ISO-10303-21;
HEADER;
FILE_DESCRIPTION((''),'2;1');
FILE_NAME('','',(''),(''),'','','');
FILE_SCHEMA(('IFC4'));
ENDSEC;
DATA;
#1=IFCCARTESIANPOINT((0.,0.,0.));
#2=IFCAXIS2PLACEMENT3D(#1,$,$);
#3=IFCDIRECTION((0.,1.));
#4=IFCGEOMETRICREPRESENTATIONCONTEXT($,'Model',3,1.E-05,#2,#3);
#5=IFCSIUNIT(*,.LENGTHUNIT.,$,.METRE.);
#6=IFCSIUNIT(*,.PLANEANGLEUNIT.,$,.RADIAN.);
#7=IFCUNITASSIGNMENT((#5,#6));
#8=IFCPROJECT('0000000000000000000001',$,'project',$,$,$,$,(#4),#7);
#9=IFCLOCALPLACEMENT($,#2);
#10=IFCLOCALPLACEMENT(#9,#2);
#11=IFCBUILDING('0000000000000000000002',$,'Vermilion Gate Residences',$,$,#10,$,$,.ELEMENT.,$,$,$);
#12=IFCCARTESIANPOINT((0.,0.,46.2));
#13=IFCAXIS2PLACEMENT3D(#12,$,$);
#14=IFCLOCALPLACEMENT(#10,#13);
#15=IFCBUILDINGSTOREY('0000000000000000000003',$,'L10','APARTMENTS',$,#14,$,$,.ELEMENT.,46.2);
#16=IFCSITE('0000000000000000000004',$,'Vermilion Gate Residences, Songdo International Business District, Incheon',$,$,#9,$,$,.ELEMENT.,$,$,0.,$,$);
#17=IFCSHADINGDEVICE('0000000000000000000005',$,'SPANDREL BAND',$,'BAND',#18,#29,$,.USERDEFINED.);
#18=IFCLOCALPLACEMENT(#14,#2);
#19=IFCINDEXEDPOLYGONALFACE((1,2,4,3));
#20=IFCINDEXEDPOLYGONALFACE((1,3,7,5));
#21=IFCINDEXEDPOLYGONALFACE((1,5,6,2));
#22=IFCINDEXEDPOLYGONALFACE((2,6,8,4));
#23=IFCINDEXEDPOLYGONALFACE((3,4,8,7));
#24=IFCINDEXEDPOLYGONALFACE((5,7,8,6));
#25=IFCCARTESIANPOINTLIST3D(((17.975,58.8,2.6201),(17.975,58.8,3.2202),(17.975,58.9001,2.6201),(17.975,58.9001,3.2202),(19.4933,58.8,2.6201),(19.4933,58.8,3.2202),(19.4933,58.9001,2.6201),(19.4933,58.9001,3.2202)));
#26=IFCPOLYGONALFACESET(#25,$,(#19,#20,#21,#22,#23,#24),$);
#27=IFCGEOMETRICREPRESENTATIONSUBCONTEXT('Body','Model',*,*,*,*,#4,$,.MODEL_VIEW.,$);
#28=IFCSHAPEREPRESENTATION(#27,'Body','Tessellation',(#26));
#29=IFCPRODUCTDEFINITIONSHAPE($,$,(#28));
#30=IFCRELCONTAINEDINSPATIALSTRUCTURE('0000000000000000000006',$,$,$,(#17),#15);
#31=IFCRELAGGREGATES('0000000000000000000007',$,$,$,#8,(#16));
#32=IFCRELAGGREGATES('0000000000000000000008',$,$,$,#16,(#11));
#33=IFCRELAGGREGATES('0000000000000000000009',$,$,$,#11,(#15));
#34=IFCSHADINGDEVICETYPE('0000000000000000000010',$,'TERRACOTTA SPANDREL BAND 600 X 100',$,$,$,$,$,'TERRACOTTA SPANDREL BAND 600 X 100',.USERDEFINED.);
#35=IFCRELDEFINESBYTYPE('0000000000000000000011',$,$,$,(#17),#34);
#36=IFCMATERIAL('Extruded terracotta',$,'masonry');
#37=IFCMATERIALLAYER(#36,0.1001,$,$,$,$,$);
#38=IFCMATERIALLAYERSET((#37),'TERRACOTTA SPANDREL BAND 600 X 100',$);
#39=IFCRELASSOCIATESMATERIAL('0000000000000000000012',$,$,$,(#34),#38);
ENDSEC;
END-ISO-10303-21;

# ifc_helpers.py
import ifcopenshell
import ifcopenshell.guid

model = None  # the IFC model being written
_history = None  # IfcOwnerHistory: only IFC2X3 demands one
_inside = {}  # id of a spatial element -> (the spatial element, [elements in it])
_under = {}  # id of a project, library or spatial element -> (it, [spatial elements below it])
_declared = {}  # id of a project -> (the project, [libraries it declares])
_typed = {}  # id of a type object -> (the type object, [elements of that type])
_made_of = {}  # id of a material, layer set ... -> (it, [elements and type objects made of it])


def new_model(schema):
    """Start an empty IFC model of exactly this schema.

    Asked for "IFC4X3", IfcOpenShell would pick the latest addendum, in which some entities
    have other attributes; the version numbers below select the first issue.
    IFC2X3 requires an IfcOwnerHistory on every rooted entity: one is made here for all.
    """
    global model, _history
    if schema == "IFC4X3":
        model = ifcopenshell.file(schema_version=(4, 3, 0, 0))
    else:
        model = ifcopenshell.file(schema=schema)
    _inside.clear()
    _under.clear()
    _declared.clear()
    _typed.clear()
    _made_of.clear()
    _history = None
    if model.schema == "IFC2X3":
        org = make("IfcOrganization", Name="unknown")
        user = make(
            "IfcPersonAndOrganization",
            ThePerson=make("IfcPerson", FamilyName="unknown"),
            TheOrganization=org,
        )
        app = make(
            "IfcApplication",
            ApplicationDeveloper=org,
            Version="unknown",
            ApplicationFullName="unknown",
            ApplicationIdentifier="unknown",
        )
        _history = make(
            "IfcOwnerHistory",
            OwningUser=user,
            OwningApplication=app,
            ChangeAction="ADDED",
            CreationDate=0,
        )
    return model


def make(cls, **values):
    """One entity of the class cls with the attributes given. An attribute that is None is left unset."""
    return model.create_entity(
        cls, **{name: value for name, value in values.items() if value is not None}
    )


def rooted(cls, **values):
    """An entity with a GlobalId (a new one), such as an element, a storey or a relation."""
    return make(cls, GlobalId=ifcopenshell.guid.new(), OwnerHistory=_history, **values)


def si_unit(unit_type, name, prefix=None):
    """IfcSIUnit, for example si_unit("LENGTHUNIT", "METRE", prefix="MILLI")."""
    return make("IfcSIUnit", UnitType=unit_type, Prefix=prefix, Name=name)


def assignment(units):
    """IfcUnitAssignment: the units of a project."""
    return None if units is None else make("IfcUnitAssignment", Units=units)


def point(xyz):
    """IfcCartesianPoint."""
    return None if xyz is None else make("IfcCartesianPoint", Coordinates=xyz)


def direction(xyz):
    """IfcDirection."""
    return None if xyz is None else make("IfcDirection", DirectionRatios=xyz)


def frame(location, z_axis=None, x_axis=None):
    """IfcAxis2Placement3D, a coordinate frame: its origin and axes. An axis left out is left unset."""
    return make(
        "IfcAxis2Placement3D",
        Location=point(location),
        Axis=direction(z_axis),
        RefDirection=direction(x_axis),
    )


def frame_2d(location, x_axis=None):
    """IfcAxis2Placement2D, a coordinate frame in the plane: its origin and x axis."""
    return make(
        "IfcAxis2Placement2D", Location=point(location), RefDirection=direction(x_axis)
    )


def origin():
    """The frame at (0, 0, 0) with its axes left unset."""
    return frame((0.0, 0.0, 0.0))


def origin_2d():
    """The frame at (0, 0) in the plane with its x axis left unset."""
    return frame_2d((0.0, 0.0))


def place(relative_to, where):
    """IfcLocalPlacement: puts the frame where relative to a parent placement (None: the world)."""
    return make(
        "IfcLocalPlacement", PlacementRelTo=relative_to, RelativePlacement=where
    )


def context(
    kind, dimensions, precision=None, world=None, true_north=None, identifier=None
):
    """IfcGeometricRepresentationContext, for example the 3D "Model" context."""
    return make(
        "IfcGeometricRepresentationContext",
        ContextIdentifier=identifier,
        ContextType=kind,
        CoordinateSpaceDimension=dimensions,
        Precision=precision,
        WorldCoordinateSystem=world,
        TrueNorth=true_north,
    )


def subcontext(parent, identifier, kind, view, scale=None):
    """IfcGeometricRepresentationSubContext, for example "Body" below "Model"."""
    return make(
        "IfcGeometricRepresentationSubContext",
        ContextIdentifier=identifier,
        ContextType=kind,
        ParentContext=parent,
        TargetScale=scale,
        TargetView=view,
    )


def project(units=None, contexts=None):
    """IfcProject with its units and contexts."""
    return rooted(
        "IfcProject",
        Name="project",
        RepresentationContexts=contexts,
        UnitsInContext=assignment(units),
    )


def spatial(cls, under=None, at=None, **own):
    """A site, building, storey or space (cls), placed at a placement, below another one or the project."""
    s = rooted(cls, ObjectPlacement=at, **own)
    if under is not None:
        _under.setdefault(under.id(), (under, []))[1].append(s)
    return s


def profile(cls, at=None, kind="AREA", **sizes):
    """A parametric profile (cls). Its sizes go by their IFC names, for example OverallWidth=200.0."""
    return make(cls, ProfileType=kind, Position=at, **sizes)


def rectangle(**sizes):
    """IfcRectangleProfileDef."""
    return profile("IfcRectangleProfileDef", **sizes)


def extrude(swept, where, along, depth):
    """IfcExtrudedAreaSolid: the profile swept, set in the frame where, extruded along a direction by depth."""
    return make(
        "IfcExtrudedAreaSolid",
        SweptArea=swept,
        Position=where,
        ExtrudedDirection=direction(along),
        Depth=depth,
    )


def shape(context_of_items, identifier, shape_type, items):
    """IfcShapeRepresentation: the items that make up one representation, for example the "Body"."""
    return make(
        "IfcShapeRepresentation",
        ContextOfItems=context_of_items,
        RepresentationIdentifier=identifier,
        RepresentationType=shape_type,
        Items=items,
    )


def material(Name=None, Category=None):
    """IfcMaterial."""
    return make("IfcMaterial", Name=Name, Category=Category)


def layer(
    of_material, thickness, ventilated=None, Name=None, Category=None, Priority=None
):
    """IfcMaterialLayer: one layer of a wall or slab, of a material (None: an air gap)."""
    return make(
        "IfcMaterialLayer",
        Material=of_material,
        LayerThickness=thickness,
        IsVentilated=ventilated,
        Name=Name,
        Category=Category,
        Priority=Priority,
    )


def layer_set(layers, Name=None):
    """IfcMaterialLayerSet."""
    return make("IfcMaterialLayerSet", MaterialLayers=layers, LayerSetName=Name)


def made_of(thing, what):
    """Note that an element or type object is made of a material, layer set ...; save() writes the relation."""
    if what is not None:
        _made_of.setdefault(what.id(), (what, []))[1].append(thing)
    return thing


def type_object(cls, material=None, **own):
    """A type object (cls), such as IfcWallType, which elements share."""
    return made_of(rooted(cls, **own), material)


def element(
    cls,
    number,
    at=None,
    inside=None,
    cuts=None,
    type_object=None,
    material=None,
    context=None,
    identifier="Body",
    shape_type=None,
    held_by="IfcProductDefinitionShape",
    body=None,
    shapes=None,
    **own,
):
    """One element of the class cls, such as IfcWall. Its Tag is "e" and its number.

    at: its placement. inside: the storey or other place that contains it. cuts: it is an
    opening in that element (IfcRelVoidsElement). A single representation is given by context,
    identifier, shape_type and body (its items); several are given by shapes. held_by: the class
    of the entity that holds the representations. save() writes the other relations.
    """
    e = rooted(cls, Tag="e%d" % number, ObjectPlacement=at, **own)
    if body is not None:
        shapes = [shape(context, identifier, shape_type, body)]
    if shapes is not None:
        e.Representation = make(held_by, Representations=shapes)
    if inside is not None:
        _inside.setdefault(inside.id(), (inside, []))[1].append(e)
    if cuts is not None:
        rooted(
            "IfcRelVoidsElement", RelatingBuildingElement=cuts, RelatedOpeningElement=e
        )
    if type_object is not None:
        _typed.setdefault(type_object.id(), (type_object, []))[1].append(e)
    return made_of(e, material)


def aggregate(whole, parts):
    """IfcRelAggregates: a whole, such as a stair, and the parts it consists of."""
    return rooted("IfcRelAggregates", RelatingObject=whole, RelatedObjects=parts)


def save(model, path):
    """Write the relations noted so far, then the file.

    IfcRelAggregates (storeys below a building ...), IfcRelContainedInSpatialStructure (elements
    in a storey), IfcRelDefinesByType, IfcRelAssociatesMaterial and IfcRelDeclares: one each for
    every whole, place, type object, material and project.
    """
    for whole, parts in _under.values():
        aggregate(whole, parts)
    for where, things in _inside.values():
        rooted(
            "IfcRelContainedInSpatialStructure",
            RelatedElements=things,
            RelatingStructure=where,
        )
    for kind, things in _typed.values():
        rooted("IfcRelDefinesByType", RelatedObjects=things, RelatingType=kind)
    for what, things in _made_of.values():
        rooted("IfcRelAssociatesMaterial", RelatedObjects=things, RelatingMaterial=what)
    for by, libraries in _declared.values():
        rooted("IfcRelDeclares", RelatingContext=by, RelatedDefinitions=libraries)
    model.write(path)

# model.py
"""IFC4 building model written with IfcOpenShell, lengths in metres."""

from ifc_helpers import new_model, si_unit, direction, frame, origin, origin_2d, place, context, subcontext, project, spatial, rectangle, extrude, material, layer, layer_set, type_object, element, save


model = new_model("IFC4")

# Units and contexts
model_context = context("Model", 3, precision=1e-05, world=origin(), true_north=direction((0.0, 1.0)))
body_context = subcontext(model_context, "Body", "Model", "MODEL_VIEW")
ifc_project = project(units=[si_unit("LENGTHUNIT", "METRE"), si_unit("PLANEANGLEUNIT", "RADIAN")], contexts=[model_context])

# Site, building, storey
site_placement = place(None, origin())
site = spatial("IfcSite", under=ifc_project, at=site_placement, Name="Vermilion Gate Residences, Songdo International Business District, Incheon", CompositionType="ELEMENT", RefElevation=0.0)
building_placement = place(site_placement, origin())
building = spatial("IfcBuilding", under=site, at=building_placement, Name="Vermilion Gate Residences", CompositionType="ELEMENT")
storey_placement = place(building_placement, frame((0.0, 0.0, 46.2)))
storey = spatial("IfcBuildingStorey", under=building, at=storey_placement, Name="L10", Description="APARTMENTS", CompositionType="ELEMENT", Elevation=46.2)

# Shading device
ifc_material_1 = material(Name="Extruded terracotta", Category="masonry")
ifc_layer_1 = layer(ifc_material_1, 0.1001)
ifc_layer_set_1 = layer_set([ifc_layer_1], Name="TERRACOTTA SPANDREL BAND 600 X 100")
shading_device_type = type_object("IfcShadingDeviceType", Name="TERRACOTTA SPANDREL BAND 600 X 100", ElementType="TERRACOTTA SPANDREL BAND 600 X 100", PredefinedType="USERDEFINED", material=ifc_layer_set_1)
shading_device_1_placement = place(storey_placement, frame((18.7341, 58.8501, 2.6201), z_axis=(0.0, 0.0, 1.0), x_axis=(1.0, 0.0, 0.0)))
element("IfcShadingDevice", 1, at=shading_device_1_placement, inside=storey, type_object=shading_device_type, Name="SPANDREL BAND", ObjectType="BAND", PredefinedType="USERDEFINED", context=body_context, shape_type="SweptSolid", body=[
    extrude(rectangle(XDim=1.5183, YDim=0.1001, at=origin_2d()), origin(), (0.0, 0.0, 1.0), 0.6001),
])

save(model, "model.ifc")
